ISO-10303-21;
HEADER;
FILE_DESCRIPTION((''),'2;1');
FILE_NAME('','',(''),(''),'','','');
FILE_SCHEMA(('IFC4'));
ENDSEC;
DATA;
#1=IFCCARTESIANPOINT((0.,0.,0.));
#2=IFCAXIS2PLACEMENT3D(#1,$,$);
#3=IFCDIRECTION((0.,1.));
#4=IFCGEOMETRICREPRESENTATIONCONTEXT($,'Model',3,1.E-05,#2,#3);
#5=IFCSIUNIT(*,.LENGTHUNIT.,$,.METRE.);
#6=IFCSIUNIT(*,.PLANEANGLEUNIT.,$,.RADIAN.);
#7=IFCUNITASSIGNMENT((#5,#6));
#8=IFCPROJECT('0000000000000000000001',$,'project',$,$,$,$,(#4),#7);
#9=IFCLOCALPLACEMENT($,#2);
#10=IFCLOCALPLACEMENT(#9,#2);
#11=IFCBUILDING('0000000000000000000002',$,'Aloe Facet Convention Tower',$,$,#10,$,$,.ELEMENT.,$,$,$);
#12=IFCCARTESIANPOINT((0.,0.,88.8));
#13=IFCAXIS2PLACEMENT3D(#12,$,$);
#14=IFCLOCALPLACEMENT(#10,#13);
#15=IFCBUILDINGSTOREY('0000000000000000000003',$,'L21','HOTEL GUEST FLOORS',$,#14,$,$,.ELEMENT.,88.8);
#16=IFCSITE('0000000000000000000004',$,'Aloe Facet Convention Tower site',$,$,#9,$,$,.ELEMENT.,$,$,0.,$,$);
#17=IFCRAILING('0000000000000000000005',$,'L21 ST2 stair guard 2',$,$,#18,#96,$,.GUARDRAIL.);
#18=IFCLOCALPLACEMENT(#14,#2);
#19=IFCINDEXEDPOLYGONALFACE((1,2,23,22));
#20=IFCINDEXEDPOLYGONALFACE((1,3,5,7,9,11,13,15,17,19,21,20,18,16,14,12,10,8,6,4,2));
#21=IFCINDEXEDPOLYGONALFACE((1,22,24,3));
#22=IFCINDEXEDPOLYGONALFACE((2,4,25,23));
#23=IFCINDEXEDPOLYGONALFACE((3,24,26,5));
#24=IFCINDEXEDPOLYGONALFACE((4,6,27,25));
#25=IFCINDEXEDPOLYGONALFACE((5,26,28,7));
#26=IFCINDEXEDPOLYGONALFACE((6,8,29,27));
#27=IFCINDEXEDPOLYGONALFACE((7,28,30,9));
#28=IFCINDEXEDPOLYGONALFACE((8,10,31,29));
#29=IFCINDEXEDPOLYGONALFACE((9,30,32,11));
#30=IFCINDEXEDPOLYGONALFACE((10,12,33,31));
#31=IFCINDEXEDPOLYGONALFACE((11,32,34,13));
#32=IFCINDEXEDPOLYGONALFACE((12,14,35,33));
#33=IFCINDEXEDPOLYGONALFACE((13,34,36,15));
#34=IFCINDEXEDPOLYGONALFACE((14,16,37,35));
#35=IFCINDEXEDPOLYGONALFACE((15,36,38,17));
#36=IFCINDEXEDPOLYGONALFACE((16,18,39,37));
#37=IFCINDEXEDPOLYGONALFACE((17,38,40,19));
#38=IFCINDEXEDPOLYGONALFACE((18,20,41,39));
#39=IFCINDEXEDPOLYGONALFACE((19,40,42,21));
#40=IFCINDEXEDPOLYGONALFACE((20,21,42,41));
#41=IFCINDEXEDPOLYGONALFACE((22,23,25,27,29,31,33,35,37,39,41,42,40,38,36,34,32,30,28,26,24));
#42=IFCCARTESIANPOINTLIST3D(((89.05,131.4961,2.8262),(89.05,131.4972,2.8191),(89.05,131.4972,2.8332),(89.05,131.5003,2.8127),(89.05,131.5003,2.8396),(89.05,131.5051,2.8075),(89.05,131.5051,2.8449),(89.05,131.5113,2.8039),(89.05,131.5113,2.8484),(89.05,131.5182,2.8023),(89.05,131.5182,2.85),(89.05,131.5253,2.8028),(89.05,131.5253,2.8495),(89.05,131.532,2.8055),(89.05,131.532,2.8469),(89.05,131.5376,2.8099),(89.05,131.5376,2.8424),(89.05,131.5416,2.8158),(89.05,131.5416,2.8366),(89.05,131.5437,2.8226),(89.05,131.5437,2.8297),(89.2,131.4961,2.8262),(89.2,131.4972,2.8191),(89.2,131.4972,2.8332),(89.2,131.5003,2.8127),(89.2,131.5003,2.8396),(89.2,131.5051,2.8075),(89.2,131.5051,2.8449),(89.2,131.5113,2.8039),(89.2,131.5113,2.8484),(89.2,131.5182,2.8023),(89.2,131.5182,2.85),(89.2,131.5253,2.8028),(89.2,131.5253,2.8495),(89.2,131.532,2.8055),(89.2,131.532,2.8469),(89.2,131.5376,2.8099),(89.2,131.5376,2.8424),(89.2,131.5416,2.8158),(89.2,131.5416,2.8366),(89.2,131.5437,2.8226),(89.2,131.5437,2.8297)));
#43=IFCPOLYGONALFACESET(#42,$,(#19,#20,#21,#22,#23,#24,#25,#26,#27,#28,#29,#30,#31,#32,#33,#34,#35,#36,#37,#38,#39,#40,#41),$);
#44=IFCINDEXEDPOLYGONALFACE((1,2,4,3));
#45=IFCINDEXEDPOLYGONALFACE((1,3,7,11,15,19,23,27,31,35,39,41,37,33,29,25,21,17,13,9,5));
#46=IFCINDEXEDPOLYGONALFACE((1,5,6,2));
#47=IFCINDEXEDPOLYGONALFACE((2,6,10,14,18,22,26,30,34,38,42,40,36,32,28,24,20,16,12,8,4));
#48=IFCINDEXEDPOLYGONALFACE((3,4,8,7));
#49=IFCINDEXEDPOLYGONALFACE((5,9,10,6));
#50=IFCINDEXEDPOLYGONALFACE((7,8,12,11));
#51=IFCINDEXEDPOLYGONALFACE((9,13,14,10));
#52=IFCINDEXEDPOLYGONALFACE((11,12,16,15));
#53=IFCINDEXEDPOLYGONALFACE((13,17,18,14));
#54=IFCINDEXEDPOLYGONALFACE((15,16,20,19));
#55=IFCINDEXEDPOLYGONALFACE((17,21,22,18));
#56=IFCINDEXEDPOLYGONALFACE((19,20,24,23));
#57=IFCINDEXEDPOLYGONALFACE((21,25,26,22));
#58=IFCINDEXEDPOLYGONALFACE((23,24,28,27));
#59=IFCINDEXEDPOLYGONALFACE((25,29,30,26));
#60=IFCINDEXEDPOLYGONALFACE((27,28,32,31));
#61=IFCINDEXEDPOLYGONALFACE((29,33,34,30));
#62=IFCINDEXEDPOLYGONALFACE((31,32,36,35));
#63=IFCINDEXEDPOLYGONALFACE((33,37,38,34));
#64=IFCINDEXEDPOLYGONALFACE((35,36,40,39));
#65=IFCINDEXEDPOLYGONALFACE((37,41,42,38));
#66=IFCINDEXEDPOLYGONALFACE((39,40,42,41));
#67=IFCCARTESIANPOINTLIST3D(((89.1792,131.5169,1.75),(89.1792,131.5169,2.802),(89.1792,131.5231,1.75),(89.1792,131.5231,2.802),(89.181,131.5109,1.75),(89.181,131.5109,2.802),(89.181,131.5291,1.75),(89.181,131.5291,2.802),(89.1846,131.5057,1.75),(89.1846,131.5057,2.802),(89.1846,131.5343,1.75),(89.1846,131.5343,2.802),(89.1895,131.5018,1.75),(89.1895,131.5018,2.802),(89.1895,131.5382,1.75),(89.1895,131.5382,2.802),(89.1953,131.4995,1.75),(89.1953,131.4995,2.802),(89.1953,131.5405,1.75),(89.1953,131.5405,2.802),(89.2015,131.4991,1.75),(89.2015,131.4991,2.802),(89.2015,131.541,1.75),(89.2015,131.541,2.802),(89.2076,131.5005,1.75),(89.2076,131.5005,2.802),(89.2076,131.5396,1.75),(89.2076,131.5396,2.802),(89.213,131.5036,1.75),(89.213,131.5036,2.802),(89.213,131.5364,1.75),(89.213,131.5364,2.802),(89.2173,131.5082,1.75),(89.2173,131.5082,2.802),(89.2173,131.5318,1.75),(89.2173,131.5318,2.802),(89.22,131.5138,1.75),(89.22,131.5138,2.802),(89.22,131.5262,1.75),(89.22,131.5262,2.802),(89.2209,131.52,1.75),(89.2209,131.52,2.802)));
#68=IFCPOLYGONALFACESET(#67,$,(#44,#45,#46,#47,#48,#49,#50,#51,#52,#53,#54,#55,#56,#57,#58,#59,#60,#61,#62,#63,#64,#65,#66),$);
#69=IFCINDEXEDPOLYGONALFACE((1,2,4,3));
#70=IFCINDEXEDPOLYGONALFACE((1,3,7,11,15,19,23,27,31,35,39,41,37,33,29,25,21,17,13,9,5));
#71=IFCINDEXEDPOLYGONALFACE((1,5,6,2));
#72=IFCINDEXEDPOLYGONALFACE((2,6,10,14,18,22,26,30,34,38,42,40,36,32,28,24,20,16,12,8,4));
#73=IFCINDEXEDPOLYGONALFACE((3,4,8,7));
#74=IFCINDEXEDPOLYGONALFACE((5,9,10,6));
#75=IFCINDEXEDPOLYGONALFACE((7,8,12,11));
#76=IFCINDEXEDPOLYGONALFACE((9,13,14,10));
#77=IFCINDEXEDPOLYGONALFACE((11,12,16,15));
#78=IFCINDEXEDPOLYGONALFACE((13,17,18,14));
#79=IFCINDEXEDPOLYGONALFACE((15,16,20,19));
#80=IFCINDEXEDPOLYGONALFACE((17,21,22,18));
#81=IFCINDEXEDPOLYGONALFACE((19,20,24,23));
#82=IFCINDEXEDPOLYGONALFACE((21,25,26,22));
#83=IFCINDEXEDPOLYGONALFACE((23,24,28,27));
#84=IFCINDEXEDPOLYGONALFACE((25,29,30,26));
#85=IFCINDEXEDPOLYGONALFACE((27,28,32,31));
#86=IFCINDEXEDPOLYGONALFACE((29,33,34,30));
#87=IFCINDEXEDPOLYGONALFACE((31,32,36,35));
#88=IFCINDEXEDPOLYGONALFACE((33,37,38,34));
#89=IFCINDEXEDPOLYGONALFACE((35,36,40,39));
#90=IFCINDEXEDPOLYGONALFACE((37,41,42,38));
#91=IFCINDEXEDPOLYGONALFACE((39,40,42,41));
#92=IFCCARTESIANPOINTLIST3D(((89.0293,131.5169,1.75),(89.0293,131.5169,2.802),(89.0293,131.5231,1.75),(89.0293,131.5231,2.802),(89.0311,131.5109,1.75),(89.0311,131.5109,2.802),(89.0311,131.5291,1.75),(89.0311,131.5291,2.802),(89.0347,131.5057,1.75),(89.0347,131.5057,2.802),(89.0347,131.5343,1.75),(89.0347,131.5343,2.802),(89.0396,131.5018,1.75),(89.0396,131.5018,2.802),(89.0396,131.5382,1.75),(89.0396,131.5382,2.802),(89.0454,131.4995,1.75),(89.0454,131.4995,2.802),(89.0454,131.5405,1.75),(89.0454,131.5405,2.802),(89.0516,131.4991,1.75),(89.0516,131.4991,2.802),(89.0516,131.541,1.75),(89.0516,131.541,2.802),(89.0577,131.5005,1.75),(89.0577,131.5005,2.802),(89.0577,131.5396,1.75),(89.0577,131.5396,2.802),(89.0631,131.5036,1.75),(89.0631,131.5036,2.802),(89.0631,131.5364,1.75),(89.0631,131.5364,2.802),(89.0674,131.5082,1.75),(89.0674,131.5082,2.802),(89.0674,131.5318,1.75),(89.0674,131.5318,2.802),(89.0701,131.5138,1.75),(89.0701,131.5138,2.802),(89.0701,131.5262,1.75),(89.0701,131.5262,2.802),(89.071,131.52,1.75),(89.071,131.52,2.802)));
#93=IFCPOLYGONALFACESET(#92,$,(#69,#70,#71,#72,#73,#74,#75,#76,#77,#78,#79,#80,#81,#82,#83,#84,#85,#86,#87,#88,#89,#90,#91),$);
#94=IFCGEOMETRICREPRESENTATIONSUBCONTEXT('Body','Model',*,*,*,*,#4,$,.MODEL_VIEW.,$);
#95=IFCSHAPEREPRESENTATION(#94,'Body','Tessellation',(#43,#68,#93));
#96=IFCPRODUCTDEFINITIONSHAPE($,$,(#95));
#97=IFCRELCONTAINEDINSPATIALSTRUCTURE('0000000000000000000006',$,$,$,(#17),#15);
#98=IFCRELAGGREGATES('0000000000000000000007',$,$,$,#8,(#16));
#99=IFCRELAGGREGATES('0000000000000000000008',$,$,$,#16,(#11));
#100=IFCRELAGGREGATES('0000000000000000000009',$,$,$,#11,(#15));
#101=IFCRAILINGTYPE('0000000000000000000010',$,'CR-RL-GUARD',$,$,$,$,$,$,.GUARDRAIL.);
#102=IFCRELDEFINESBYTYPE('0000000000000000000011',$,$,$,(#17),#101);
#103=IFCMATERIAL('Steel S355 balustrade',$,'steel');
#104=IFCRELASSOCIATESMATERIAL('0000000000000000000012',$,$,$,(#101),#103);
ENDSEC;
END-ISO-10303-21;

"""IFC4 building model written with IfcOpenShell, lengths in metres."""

from ifc_helpers import new_model, si_unit, direction, frame, origin, origin_2d, place, context, subcontext, project, spatial, circle, extrude, material, type_object, element, save


model = new_model("IFC4")

# Units and contexts
model_context = context("Model", 3, precision=1e-05, world=origin(), true_north=direction((0.0, 1.0)))
body_context = subcontext(model_context, "Body", "Model", "MODEL_VIEW")
ifc_project = project(units=[si_unit("LENGTHUNIT", "METRE"), si_unit("PLANEANGLEUNIT", "RADIAN")], contexts=[model_context])

# Site, building, storey
site_placement = place(None, origin())
site = spatial("IfcSite", under=ifc_project, at=site_placement, Name="Aloe Facet Convention Tower site", CompositionType="ELEMENT", RefElevation=0.0)
building_placement = place(site_placement, origin())
building = spatial("IfcBuilding", under=site, at=building_placement, Name="Aloe Facet Convention Tower", CompositionType="ELEMENT")
storey_placement = place(building_placement, frame((0.0, 0.0, 88.8)))
storey = spatial("IfcBuildingStorey", under=building, at=storey_placement, Name="L21", Description="HOTEL GUEST FLOORS", CompositionType="ELEMENT", Elevation=88.8)

# Railing
ifc_material_1 = material(Name="Steel S355 balustrade", Category="steel")
railing_type_1 = type_object("IfcRailingType", Name="CR-RL-GUARD", PredefinedType="GUARDRAIL", material=ifc_material_1)
railing_1_placement = place(storey_placement, frame((89.2, 131.52, 1.75)))
element("IfcRailing", 1, at=railing_1_placement, inside=storey, type_object=railing_type_1, Name="L21 ST2 stair guard 2", PredefinedType="GUARDRAIL", context=body_context, shape_type="SweptSolid", body=[
    extrude(circle(Radius=0.0239, at=origin_2d()), frame((0.0, 0.0, 1.0762), z_axis=(-1.0, 0.0, 0.0), x_axis=(0.0, -1.0, 0.0)), (0.0, 0.0, 1.0), 0.1499),
    extrude(circle(Radius=0.021, at=origin_2d()), origin(), (0.0, 0.0, 1.0), 1.052),
    extrude(circle(Radius=0.021, at=origin_2d()), frame((-0.1499, 0.0, 0.0)), (0.0, 0.0, 1.0), 1.052),
])

save(model, "model.ifc")
